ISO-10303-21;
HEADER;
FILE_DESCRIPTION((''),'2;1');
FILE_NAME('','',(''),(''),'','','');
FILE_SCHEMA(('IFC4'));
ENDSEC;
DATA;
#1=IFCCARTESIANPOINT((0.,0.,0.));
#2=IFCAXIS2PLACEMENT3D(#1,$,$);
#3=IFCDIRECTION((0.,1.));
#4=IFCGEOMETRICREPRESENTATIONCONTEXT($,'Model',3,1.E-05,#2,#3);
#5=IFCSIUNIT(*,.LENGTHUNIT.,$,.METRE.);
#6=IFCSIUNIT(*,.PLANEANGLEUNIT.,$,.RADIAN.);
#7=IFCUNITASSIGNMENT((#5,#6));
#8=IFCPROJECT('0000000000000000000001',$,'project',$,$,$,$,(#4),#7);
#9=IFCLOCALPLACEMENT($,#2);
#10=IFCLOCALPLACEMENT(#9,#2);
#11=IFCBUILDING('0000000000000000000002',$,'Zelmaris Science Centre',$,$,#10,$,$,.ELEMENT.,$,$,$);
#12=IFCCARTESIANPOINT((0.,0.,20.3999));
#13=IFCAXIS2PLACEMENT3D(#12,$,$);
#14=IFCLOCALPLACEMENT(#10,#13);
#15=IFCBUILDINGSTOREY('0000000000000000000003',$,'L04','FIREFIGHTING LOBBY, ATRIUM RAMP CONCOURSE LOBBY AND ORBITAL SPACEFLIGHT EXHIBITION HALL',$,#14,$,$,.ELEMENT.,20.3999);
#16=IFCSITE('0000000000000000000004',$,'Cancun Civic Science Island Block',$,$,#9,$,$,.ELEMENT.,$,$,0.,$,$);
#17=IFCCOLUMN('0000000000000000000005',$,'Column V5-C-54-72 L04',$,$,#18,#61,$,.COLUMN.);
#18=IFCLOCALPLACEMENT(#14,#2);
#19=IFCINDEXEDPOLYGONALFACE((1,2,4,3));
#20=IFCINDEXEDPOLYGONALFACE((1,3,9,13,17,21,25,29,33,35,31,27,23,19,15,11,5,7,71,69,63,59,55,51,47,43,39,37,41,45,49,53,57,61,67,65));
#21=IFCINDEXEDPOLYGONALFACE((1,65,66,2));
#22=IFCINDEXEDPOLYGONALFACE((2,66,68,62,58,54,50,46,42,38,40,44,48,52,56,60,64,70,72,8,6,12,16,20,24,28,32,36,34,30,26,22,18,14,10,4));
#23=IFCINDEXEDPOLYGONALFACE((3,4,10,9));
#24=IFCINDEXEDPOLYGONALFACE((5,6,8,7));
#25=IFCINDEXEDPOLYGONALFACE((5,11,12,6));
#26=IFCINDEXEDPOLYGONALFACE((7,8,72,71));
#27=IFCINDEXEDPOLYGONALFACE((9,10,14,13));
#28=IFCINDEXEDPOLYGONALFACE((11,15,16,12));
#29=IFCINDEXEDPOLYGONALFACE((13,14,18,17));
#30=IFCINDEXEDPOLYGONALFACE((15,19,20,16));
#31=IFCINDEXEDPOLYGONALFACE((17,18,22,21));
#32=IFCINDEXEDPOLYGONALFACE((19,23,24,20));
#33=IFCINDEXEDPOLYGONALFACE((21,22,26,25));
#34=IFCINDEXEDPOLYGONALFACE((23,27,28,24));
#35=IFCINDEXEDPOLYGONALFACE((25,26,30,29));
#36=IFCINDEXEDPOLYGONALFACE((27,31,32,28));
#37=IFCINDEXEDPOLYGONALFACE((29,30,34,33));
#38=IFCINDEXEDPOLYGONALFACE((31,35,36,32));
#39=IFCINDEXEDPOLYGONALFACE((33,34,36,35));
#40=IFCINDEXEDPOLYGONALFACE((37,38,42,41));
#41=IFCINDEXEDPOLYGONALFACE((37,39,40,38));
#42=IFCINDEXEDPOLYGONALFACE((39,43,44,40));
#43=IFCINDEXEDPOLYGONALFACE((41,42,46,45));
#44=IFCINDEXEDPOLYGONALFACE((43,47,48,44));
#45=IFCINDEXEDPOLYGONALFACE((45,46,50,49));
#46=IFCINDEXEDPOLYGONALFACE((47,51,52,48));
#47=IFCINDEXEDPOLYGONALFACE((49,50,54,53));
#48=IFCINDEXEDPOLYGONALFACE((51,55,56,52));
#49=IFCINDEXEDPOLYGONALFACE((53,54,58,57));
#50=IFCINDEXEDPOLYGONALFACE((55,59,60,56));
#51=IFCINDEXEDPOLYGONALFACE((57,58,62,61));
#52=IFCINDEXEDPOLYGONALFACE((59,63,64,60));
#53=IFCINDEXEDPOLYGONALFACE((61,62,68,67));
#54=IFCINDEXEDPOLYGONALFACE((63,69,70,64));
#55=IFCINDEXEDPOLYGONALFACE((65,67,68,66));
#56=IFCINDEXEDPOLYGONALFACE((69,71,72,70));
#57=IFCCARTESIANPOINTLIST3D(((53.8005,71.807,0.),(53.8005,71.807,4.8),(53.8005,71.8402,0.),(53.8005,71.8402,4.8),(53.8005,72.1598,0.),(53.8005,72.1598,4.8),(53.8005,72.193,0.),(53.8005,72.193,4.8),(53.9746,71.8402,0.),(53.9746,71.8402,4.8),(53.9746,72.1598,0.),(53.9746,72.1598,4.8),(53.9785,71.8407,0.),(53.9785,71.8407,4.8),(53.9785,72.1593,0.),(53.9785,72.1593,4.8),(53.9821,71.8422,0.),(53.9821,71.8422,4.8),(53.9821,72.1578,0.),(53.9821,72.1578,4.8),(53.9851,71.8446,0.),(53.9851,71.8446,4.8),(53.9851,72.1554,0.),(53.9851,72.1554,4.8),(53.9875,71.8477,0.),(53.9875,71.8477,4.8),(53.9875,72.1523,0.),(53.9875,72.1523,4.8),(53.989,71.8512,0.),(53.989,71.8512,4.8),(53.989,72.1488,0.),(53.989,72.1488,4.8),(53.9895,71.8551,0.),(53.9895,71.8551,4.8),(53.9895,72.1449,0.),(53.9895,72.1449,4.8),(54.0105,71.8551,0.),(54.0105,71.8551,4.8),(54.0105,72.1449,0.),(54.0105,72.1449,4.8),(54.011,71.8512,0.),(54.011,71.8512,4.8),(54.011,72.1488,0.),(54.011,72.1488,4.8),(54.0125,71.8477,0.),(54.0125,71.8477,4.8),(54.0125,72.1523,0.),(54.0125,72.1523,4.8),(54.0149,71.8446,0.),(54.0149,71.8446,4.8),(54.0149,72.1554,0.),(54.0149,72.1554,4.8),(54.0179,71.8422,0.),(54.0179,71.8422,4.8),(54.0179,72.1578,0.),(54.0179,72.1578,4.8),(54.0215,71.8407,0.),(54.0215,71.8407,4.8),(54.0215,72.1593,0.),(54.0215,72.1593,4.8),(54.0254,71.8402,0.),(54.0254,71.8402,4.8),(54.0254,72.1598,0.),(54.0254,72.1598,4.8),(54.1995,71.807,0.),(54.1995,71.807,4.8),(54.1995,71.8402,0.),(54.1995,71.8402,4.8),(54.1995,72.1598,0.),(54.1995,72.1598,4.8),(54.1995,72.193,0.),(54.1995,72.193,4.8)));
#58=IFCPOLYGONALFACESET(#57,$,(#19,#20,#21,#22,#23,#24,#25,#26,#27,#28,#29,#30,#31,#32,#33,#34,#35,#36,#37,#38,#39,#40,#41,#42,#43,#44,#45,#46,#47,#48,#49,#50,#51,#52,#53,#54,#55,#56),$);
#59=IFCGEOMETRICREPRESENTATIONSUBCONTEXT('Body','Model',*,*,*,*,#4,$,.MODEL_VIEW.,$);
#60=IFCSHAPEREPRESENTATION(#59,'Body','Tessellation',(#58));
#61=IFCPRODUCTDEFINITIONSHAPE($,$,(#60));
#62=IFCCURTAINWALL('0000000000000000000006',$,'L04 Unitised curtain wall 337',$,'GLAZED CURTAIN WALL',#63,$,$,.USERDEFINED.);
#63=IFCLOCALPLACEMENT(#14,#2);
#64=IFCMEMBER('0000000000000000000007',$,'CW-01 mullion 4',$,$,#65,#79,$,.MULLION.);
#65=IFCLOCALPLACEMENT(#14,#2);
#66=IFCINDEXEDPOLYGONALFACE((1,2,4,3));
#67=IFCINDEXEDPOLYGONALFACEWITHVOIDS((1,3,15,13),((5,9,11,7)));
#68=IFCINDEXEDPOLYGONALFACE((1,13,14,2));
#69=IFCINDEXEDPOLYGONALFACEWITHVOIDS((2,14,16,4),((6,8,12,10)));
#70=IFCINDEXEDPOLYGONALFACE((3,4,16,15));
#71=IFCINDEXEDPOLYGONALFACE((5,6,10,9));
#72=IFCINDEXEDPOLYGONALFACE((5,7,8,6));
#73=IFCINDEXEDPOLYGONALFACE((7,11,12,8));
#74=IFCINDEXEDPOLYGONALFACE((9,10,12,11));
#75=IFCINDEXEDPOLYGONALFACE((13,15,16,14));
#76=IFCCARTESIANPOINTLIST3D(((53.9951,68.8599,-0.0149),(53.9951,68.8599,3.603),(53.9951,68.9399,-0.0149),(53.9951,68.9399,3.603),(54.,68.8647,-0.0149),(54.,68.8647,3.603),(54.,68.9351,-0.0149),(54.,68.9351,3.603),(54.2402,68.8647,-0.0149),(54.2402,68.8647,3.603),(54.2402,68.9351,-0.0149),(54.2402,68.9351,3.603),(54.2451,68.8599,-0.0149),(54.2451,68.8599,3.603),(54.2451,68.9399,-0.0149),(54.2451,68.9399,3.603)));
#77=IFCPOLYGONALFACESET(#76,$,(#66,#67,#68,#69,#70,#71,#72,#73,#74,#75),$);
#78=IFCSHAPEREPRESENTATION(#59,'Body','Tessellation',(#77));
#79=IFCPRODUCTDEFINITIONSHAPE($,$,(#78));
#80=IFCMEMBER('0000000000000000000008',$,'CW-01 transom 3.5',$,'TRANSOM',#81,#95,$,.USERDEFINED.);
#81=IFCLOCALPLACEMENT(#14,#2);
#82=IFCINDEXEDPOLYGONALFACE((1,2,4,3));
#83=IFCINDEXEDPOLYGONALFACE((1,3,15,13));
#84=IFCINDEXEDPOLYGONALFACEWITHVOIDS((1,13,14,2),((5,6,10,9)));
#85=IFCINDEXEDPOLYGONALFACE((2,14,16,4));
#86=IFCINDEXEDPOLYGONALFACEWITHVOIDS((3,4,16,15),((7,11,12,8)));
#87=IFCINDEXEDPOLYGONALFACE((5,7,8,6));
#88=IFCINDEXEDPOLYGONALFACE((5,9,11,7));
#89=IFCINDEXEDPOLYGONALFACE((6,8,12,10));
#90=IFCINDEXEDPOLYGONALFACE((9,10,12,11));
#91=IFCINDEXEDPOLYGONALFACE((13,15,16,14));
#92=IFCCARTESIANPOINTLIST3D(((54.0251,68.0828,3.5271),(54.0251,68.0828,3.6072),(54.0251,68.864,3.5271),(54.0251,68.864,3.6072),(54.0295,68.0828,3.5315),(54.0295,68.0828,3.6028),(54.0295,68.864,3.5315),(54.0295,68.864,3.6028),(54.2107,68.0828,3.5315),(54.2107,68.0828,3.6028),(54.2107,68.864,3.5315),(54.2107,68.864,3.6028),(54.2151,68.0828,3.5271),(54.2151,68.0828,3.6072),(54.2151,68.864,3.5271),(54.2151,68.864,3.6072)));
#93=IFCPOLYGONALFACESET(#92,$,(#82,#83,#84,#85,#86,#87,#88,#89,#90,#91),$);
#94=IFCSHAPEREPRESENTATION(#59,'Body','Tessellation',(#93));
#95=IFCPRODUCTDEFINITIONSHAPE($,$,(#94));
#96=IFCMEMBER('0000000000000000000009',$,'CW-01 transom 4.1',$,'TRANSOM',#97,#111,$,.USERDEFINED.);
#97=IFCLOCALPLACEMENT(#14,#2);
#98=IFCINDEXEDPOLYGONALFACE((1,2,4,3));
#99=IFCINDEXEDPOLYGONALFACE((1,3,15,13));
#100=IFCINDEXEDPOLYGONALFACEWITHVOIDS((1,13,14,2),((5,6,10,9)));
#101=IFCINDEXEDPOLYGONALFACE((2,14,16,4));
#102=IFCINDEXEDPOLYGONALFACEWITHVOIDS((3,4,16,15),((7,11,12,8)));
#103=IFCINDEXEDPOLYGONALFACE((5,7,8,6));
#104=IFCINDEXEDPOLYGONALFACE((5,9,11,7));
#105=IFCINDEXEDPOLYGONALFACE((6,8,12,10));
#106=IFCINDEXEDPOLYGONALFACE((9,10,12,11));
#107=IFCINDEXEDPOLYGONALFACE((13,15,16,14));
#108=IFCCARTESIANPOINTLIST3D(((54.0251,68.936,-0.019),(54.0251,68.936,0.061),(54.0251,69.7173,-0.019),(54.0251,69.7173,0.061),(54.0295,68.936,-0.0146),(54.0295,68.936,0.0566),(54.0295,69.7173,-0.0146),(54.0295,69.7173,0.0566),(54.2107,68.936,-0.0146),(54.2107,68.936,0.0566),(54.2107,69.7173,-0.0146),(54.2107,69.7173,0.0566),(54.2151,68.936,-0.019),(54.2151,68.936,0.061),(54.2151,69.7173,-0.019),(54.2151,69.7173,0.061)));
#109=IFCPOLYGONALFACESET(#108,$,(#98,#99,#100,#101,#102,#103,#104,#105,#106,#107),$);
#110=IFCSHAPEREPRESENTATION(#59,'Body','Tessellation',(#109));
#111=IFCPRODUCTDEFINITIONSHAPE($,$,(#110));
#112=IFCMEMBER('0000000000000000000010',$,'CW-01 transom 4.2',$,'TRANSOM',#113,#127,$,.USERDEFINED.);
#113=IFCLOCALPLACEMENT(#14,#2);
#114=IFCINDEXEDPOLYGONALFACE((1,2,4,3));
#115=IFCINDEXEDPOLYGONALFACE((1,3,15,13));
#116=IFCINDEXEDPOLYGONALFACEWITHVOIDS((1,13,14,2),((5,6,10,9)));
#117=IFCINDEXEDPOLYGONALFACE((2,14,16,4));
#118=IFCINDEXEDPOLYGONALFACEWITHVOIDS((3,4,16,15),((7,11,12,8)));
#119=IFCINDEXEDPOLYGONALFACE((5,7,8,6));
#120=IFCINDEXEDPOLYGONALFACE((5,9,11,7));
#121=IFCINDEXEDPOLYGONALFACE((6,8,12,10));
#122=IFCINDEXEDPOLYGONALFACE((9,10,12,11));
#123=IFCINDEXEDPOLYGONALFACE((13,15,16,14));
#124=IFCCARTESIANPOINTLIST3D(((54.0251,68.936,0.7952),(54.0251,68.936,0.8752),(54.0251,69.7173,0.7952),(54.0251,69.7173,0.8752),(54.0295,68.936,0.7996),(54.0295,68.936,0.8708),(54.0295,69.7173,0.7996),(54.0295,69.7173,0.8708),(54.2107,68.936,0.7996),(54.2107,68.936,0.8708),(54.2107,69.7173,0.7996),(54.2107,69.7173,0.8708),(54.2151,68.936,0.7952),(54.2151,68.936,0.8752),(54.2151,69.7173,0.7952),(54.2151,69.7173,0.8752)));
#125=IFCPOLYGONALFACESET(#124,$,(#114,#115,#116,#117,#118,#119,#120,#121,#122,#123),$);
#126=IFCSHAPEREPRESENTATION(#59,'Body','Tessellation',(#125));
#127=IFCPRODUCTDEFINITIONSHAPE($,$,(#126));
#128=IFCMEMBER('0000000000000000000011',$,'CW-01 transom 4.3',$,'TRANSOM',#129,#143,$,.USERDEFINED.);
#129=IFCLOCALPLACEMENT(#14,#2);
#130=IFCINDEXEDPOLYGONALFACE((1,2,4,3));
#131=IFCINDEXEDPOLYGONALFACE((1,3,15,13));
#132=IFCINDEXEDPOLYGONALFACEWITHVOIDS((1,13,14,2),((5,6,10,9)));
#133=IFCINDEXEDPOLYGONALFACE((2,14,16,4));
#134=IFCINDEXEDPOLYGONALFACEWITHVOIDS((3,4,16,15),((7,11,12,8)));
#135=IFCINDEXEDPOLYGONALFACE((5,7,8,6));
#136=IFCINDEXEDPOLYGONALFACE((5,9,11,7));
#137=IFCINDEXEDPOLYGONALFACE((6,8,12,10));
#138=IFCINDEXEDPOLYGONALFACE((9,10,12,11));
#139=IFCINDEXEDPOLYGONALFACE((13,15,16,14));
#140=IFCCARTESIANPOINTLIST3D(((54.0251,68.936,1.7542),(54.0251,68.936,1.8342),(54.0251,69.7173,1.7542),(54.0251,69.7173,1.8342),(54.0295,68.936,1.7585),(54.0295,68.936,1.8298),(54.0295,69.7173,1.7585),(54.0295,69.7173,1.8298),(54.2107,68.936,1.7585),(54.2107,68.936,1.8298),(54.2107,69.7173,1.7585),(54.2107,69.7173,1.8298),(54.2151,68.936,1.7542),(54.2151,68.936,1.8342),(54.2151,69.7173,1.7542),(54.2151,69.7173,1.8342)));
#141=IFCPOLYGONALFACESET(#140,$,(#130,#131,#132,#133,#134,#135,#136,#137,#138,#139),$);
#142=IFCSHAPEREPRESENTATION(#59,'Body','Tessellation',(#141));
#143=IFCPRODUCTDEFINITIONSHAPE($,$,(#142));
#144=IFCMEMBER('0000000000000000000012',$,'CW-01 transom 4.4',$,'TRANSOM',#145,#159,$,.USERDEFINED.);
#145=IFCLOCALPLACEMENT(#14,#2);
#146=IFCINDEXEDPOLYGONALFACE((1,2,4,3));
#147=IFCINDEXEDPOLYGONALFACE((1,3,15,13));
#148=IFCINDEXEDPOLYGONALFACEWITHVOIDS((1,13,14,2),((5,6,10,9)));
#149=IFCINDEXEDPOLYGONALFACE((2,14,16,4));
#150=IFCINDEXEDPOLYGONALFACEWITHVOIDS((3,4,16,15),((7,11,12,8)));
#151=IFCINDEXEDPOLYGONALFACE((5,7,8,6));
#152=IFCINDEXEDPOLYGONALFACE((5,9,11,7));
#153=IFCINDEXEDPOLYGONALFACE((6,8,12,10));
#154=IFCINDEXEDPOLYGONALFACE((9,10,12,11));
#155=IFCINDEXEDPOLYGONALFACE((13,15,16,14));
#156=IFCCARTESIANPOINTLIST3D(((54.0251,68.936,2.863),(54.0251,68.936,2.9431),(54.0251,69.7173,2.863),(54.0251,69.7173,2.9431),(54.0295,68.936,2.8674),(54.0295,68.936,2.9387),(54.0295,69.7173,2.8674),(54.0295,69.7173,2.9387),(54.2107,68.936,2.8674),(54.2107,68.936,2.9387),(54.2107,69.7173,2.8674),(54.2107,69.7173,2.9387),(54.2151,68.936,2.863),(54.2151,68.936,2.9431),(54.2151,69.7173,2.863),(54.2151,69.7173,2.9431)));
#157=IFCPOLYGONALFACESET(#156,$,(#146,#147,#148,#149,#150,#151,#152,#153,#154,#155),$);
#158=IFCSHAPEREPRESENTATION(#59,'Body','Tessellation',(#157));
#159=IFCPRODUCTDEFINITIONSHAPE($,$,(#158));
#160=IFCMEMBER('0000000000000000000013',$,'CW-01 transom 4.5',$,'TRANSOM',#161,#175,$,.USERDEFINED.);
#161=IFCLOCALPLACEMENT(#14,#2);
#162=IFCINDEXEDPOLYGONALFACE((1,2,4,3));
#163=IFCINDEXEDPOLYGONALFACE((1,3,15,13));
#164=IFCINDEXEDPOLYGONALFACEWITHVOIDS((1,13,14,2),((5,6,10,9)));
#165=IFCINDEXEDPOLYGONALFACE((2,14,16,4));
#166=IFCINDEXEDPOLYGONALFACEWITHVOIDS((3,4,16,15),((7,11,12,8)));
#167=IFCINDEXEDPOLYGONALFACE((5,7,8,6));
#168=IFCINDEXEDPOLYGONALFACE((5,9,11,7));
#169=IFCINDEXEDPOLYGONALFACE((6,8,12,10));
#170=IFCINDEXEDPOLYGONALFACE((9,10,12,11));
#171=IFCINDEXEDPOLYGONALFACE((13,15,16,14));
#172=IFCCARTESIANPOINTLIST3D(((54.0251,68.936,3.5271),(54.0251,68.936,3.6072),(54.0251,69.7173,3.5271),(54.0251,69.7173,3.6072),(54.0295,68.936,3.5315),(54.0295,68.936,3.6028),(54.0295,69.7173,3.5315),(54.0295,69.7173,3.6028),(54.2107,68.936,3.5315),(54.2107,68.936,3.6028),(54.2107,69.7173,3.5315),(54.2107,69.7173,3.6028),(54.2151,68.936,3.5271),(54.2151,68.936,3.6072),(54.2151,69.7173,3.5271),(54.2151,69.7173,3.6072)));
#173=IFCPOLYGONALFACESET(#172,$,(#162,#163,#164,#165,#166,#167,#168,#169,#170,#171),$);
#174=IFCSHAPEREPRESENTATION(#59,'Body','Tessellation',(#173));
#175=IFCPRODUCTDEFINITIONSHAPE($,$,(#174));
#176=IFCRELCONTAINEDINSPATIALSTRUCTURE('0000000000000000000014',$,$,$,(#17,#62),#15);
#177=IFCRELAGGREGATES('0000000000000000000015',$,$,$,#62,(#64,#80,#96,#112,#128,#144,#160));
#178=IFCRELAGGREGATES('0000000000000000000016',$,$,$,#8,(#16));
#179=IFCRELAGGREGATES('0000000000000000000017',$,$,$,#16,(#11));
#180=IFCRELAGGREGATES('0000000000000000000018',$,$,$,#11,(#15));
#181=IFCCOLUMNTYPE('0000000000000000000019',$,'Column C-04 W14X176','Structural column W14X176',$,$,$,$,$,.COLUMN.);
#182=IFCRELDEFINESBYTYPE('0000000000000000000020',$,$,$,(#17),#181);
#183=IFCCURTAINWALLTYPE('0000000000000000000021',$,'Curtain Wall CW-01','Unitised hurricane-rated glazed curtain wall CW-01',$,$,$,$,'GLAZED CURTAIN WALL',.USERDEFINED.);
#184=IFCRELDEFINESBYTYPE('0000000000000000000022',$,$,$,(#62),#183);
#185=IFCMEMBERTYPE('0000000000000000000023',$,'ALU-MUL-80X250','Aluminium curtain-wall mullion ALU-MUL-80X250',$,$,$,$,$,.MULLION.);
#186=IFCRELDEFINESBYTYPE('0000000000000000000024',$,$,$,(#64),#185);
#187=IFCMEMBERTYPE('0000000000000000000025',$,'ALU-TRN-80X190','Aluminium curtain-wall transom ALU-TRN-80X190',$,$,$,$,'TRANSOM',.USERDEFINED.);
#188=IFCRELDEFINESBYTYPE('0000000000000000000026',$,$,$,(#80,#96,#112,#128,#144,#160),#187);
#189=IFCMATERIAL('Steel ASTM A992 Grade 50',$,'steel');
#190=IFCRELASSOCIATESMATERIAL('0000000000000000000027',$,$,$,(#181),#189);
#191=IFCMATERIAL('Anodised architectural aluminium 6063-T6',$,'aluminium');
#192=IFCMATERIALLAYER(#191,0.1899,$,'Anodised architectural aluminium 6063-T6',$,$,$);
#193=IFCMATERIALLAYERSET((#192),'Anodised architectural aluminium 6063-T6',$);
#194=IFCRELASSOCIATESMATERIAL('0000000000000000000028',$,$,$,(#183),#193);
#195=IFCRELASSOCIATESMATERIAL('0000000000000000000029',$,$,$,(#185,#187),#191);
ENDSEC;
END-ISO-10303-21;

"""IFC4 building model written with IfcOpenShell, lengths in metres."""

from ifc_helpers import new_model, si_unit, direction, frame, origin, origin_2d, place, context, subcontext, project, spatial, hollow_rectangle, i_section, extrude, material, layer, layer_set, material_profile, profile_set, type_object, element, aggregate, save


model = new_model("IFC4")

# Units and contexts
model_context = context("Model", 3, precision=1e-05, world=origin(), true_north=direction((0.0, 1.0)))
body_context = subcontext(model_context, "Body", "Model", "MODEL_VIEW")
ifc_project = project(units=[si_unit("LENGTHUNIT", "METRE"), si_unit("PLANEANGLEUNIT", "RADIAN")], contexts=[model_context])

# Site, building, storey
site_placement = place(None, origin())
site = spatial("IfcSite", under=ifc_project, at=site_placement, Name="Cancun Civic Science Island Block", CompositionType="ELEMENT", RefElevation=0.0)
building_placement = place(site_placement, origin())
building = spatial("IfcBuilding", under=site, at=building_placement, Name="Zelmaris Science Centre", CompositionType="ELEMENT")
storey_placement = place(building_placement, frame((0.0, 0.0, 20.3999)))
storey = spatial("IfcBuildingStorey", under=building, at=storey_placement, Name="L04", Description="FIREFIGHTING LOBBY, ATRIUM RAMP CONCOURSE LOBBY AND ORBITAL SPACEFLIGHT EXHIBITION HALL", CompositionType="ELEMENT", Elevation=20.3999)

# Column
ifc_material_1 = material(Name="Steel ASTM A992 Grade 50", Category="steel")
ifc_material_profile_1 = material_profile(ifc_material_1, i_section(OverallWidth=0.3989, OverallDepth=0.386, WebThickness=0.021, FlangeThickness=0.0332, FilletRadius=0.0149, at=origin_2d()), Name="W14X176")
ifc_profile_set_1 = profile_set([ifc_material_profile_1], Name="Steel ASTM A992 Grade 50")
column_type = type_object("IfcColumnType", Name="Column C-04 W14X176", Description="Structural column W14X176", PredefinedType="COLUMN", material=ifc_profile_set_1)
column_placement = place(storey_placement, frame((54.0, 72.0, 0.0), z_axis=(0.0, 0.0, 1.0), x_axis=(1.0, 0.0, 0.0)))
element("IfcColumn", 1, at=column_placement, inside=storey, type_object=column_type, Name="Column V5-C-54-72 L04", PredefinedType="COLUMN", context=body_context, shape_type="SweptSolid", body=[
    extrude(i_section(OverallWidth=0.3989, OverallDepth=0.386, WebThickness=0.021, FlangeThickness=0.0332, FilletRadius=0.0149, at=origin_2d()), origin(), (0.0, 0.0, 1.0), 4.8),
])

# Curtain wall, members
ifc_material_2 = material(Name="Anodised architectural aluminium 6063-T6", Category="aluminium")
ifc_layer_1 = layer(ifc_material_2, 0.1899, Name="Anodised architectural aluminium 6063-T6")
ifc_layer_set_1 = layer_set([ifc_layer_1], Name="Anodised architectural aluminium 6063-T6")
curtain_wall_type = type_object("IfcCurtainWallType", Name="Curtain Wall CW-01", Description="Unitised hurricane-rated glazed curtain wall CW-01", ElementType="GLAZED CURTAIN WALL", PredefinedType="USERDEFINED", material=ifc_layer_set_1)
curtain_wall_placement = place(storey_placement, origin())
curtain_wall = element("IfcCurtainWall", 2, at=curtain_wall_placement, inside=storey, type_object=curtain_wall_type, Name="L04 Unitised curtain wall 337", ObjectType="GLAZED CURTAIN WALL", PredefinedType="USERDEFINED")
ifc_material_profile_2 = material_profile(ifc_material_2, hollow_rectangle(XDim=0.0801, YDim=0.25, WallThickness=0.0049, at=origin_2d()), Name="ALU-MUL-80X250")
ifc_profile_set_2 = profile_set([ifc_material_profile_2], Name="Anodised architectural aluminium 6063-T6")
member_type_1 = type_object("IfcMemberType", Name="ALU-MUL-80X250", Description="Aluminium curtain-wall mullion ALU-MUL-80X250", PredefinedType="MULLION", material=ifc_profile_set_2)
member_1_placement = place(storey_placement, frame((54.1201, 68.8999, -0.0149), z_axis=(0.0, 0.0, 1.0), x_axis=(0.0, 1.0, 0.0)))
member_1 = element("IfcMember", 3, at=member_1_placement, type_object=member_type_1, Name="CW-01 mullion 4", PredefinedType="MULLION", context=body_context, shape_type="SweptSolid", body=[
    extrude(hollow_rectangle(XDim=0.0801, YDim=0.25, WallThickness=0.0049, at=origin_2d()), origin(), (0.0, 0.0, 1.0), 3.6179),
])
ifc_material_profile_3 = material_profile(ifc_material_2, hollow_rectangle(XDim=0.0801, YDim=0.1899, WallThickness=0.0044, at=origin_2d()), Name="ALU-TRN-80X190")
ifc_profile_set_3 = profile_set([ifc_material_profile_3], Name="Anodised architectural aluminium 6063-T6")
member_type_2 = type_object("IfcMemberType", Name="ALU-TRN-80X190", Description="Aluminium curtain-wall transom ALU-TRN-80X190", ElementType="TRANSOM", PredefinedType="USERDEFINED", material=ifc_profile_set_3)
member_2_placement = place(storey_placement, frame((54.1201, 68.0828, 3.5671), z_axis=(0.0, 1.0, 0.0), x_axis=(0.0, 0.0, 1.0)))
member_2 = element("IfcMember", 4, at=member_2_placement, type_object=member_type_2, Name="CW-01 transom 3.5", ObjectType="TRANSOM", PredefinedType="USERDEFINED", context=body_context, shape_type="SweptSolid", body=[
    extrude(hollow_rectangle(XDim=0.0801, YDim=0.1899, WallThickness=0.0044, at=origin_2d()), origin(), (0.0, 0.0, 1.0), 0.7812),
])
member_3_placement = place(storey_placement, frame((54.1201, 68.936, 0.021), z_axis=(0.0, 1.0, 0.0), x_axis=(0.0, 0.0, 1.0)))
member_3 = element("IfcMember", 5, at=member_3_placement, type_object=member_type_2, Name="CW-01 transom 4.1", ObjectType="TRANSOM", PredefinedType="USERDEFINED", context=body_context, shape_type="SweptSolid", body=[
    extrude(hollow_rectangle(XDim=0.0801, YDim=0.1899, WallThickness=0.0044, at=origin_2d()), origin(), (0.0, 0.0, 1.0), 0.7812),
])
member_4_placement = place(storey_placement, frame((54.1201, 68.936, 0.8352), z_axis=(0.0, 1.0, 0.0), x_axis=(0.0, 0.0, 1.0)))
member_4 = element("IfcMember", 6, at=member_4_placement, type_object=member_type_2, Name="CW-01 transom 4.2", ObjectType="TRANSOM", PredefinedType="USERDEFINED", context=body_context, shape_type="SweptSolid", body=[
    extrude(hollow_rectangle(XDim=0.0801, YDim=0.1899, WallThickness=0.0044, at=origin_2d()), origin(), (0.0, 0.0, 1.0), 0.7812),
])
member_5_placement = place(storey_placement, frame((54.1201, 68.936, 1.7942), z_axis=(0.0, 1.0, 0.0), x_axis=(0.0, 0.0, 1.0)))
member_5 = element("IfcMember", 7, at=member_5_placement, type_object=member_type_2, Name="CW-01 transom 4.3", ObjectType="TRANSOM", PredefinedType="USERDEFINED", context=body_context, shape_type="SweptSolid", body=[
    extrude(hollow_rectangle(XDim=0.0801, YDim=0.1899, WallThickness=0.0044, at=origin_2d()), origin(), (0.0, 0.0, 1.0), 0.7812),
])
member_6_placement = place(storey_placement, frame((54.1201, 68.936, 2.9031), z_axis=(0.0, 1.0, 0.0), x_axis=(0.0, 0.0, 1.0)))
member_6 = element("IfcMember", 8, at=member_6_placement, type_object=member_type_2, Name="CW-01 transom 4.4", ObjectType="TRANSOM", PredefinedType="USERDEFINED", context=body_context, shape_type="SweptSolid", body=[
    extrude(hollow_rectangle(XDim=0.0801, YDim=0.1899, WallThickness=0.0044, at=origin_2d()), origin(), (0.0, 0.0, 1.0), 0.7812),
])
member_7_placement = place(storey_placement, frame((54.1201, 68.936, 3.5671), z_axis=(0.0, 1.0, 0.0), x_axis=(0.0, 0.0, 1.0)))
member_7 = element("IfcMember", 9, at=member_7_placement, type_object=member_type_2, Name="CW-01 transom 4.5", ObjectType="TRANSOM", PredefinedType="USERDEFINED", context=body_context, shape_type="SweptSolid", body=[
    extrude(hollow_rectangle(XDim=0.0801, YDim=0.1899, WallThickness=0.0044, at=origin_2d()), origin(), (0.0, 0.0, 1.0), 0.7812),
])

aggregate(curtain_wall, [member_1, member_2, member_3, member_4, member_5, member_6, member_7])

save(model, "model.ifc")
